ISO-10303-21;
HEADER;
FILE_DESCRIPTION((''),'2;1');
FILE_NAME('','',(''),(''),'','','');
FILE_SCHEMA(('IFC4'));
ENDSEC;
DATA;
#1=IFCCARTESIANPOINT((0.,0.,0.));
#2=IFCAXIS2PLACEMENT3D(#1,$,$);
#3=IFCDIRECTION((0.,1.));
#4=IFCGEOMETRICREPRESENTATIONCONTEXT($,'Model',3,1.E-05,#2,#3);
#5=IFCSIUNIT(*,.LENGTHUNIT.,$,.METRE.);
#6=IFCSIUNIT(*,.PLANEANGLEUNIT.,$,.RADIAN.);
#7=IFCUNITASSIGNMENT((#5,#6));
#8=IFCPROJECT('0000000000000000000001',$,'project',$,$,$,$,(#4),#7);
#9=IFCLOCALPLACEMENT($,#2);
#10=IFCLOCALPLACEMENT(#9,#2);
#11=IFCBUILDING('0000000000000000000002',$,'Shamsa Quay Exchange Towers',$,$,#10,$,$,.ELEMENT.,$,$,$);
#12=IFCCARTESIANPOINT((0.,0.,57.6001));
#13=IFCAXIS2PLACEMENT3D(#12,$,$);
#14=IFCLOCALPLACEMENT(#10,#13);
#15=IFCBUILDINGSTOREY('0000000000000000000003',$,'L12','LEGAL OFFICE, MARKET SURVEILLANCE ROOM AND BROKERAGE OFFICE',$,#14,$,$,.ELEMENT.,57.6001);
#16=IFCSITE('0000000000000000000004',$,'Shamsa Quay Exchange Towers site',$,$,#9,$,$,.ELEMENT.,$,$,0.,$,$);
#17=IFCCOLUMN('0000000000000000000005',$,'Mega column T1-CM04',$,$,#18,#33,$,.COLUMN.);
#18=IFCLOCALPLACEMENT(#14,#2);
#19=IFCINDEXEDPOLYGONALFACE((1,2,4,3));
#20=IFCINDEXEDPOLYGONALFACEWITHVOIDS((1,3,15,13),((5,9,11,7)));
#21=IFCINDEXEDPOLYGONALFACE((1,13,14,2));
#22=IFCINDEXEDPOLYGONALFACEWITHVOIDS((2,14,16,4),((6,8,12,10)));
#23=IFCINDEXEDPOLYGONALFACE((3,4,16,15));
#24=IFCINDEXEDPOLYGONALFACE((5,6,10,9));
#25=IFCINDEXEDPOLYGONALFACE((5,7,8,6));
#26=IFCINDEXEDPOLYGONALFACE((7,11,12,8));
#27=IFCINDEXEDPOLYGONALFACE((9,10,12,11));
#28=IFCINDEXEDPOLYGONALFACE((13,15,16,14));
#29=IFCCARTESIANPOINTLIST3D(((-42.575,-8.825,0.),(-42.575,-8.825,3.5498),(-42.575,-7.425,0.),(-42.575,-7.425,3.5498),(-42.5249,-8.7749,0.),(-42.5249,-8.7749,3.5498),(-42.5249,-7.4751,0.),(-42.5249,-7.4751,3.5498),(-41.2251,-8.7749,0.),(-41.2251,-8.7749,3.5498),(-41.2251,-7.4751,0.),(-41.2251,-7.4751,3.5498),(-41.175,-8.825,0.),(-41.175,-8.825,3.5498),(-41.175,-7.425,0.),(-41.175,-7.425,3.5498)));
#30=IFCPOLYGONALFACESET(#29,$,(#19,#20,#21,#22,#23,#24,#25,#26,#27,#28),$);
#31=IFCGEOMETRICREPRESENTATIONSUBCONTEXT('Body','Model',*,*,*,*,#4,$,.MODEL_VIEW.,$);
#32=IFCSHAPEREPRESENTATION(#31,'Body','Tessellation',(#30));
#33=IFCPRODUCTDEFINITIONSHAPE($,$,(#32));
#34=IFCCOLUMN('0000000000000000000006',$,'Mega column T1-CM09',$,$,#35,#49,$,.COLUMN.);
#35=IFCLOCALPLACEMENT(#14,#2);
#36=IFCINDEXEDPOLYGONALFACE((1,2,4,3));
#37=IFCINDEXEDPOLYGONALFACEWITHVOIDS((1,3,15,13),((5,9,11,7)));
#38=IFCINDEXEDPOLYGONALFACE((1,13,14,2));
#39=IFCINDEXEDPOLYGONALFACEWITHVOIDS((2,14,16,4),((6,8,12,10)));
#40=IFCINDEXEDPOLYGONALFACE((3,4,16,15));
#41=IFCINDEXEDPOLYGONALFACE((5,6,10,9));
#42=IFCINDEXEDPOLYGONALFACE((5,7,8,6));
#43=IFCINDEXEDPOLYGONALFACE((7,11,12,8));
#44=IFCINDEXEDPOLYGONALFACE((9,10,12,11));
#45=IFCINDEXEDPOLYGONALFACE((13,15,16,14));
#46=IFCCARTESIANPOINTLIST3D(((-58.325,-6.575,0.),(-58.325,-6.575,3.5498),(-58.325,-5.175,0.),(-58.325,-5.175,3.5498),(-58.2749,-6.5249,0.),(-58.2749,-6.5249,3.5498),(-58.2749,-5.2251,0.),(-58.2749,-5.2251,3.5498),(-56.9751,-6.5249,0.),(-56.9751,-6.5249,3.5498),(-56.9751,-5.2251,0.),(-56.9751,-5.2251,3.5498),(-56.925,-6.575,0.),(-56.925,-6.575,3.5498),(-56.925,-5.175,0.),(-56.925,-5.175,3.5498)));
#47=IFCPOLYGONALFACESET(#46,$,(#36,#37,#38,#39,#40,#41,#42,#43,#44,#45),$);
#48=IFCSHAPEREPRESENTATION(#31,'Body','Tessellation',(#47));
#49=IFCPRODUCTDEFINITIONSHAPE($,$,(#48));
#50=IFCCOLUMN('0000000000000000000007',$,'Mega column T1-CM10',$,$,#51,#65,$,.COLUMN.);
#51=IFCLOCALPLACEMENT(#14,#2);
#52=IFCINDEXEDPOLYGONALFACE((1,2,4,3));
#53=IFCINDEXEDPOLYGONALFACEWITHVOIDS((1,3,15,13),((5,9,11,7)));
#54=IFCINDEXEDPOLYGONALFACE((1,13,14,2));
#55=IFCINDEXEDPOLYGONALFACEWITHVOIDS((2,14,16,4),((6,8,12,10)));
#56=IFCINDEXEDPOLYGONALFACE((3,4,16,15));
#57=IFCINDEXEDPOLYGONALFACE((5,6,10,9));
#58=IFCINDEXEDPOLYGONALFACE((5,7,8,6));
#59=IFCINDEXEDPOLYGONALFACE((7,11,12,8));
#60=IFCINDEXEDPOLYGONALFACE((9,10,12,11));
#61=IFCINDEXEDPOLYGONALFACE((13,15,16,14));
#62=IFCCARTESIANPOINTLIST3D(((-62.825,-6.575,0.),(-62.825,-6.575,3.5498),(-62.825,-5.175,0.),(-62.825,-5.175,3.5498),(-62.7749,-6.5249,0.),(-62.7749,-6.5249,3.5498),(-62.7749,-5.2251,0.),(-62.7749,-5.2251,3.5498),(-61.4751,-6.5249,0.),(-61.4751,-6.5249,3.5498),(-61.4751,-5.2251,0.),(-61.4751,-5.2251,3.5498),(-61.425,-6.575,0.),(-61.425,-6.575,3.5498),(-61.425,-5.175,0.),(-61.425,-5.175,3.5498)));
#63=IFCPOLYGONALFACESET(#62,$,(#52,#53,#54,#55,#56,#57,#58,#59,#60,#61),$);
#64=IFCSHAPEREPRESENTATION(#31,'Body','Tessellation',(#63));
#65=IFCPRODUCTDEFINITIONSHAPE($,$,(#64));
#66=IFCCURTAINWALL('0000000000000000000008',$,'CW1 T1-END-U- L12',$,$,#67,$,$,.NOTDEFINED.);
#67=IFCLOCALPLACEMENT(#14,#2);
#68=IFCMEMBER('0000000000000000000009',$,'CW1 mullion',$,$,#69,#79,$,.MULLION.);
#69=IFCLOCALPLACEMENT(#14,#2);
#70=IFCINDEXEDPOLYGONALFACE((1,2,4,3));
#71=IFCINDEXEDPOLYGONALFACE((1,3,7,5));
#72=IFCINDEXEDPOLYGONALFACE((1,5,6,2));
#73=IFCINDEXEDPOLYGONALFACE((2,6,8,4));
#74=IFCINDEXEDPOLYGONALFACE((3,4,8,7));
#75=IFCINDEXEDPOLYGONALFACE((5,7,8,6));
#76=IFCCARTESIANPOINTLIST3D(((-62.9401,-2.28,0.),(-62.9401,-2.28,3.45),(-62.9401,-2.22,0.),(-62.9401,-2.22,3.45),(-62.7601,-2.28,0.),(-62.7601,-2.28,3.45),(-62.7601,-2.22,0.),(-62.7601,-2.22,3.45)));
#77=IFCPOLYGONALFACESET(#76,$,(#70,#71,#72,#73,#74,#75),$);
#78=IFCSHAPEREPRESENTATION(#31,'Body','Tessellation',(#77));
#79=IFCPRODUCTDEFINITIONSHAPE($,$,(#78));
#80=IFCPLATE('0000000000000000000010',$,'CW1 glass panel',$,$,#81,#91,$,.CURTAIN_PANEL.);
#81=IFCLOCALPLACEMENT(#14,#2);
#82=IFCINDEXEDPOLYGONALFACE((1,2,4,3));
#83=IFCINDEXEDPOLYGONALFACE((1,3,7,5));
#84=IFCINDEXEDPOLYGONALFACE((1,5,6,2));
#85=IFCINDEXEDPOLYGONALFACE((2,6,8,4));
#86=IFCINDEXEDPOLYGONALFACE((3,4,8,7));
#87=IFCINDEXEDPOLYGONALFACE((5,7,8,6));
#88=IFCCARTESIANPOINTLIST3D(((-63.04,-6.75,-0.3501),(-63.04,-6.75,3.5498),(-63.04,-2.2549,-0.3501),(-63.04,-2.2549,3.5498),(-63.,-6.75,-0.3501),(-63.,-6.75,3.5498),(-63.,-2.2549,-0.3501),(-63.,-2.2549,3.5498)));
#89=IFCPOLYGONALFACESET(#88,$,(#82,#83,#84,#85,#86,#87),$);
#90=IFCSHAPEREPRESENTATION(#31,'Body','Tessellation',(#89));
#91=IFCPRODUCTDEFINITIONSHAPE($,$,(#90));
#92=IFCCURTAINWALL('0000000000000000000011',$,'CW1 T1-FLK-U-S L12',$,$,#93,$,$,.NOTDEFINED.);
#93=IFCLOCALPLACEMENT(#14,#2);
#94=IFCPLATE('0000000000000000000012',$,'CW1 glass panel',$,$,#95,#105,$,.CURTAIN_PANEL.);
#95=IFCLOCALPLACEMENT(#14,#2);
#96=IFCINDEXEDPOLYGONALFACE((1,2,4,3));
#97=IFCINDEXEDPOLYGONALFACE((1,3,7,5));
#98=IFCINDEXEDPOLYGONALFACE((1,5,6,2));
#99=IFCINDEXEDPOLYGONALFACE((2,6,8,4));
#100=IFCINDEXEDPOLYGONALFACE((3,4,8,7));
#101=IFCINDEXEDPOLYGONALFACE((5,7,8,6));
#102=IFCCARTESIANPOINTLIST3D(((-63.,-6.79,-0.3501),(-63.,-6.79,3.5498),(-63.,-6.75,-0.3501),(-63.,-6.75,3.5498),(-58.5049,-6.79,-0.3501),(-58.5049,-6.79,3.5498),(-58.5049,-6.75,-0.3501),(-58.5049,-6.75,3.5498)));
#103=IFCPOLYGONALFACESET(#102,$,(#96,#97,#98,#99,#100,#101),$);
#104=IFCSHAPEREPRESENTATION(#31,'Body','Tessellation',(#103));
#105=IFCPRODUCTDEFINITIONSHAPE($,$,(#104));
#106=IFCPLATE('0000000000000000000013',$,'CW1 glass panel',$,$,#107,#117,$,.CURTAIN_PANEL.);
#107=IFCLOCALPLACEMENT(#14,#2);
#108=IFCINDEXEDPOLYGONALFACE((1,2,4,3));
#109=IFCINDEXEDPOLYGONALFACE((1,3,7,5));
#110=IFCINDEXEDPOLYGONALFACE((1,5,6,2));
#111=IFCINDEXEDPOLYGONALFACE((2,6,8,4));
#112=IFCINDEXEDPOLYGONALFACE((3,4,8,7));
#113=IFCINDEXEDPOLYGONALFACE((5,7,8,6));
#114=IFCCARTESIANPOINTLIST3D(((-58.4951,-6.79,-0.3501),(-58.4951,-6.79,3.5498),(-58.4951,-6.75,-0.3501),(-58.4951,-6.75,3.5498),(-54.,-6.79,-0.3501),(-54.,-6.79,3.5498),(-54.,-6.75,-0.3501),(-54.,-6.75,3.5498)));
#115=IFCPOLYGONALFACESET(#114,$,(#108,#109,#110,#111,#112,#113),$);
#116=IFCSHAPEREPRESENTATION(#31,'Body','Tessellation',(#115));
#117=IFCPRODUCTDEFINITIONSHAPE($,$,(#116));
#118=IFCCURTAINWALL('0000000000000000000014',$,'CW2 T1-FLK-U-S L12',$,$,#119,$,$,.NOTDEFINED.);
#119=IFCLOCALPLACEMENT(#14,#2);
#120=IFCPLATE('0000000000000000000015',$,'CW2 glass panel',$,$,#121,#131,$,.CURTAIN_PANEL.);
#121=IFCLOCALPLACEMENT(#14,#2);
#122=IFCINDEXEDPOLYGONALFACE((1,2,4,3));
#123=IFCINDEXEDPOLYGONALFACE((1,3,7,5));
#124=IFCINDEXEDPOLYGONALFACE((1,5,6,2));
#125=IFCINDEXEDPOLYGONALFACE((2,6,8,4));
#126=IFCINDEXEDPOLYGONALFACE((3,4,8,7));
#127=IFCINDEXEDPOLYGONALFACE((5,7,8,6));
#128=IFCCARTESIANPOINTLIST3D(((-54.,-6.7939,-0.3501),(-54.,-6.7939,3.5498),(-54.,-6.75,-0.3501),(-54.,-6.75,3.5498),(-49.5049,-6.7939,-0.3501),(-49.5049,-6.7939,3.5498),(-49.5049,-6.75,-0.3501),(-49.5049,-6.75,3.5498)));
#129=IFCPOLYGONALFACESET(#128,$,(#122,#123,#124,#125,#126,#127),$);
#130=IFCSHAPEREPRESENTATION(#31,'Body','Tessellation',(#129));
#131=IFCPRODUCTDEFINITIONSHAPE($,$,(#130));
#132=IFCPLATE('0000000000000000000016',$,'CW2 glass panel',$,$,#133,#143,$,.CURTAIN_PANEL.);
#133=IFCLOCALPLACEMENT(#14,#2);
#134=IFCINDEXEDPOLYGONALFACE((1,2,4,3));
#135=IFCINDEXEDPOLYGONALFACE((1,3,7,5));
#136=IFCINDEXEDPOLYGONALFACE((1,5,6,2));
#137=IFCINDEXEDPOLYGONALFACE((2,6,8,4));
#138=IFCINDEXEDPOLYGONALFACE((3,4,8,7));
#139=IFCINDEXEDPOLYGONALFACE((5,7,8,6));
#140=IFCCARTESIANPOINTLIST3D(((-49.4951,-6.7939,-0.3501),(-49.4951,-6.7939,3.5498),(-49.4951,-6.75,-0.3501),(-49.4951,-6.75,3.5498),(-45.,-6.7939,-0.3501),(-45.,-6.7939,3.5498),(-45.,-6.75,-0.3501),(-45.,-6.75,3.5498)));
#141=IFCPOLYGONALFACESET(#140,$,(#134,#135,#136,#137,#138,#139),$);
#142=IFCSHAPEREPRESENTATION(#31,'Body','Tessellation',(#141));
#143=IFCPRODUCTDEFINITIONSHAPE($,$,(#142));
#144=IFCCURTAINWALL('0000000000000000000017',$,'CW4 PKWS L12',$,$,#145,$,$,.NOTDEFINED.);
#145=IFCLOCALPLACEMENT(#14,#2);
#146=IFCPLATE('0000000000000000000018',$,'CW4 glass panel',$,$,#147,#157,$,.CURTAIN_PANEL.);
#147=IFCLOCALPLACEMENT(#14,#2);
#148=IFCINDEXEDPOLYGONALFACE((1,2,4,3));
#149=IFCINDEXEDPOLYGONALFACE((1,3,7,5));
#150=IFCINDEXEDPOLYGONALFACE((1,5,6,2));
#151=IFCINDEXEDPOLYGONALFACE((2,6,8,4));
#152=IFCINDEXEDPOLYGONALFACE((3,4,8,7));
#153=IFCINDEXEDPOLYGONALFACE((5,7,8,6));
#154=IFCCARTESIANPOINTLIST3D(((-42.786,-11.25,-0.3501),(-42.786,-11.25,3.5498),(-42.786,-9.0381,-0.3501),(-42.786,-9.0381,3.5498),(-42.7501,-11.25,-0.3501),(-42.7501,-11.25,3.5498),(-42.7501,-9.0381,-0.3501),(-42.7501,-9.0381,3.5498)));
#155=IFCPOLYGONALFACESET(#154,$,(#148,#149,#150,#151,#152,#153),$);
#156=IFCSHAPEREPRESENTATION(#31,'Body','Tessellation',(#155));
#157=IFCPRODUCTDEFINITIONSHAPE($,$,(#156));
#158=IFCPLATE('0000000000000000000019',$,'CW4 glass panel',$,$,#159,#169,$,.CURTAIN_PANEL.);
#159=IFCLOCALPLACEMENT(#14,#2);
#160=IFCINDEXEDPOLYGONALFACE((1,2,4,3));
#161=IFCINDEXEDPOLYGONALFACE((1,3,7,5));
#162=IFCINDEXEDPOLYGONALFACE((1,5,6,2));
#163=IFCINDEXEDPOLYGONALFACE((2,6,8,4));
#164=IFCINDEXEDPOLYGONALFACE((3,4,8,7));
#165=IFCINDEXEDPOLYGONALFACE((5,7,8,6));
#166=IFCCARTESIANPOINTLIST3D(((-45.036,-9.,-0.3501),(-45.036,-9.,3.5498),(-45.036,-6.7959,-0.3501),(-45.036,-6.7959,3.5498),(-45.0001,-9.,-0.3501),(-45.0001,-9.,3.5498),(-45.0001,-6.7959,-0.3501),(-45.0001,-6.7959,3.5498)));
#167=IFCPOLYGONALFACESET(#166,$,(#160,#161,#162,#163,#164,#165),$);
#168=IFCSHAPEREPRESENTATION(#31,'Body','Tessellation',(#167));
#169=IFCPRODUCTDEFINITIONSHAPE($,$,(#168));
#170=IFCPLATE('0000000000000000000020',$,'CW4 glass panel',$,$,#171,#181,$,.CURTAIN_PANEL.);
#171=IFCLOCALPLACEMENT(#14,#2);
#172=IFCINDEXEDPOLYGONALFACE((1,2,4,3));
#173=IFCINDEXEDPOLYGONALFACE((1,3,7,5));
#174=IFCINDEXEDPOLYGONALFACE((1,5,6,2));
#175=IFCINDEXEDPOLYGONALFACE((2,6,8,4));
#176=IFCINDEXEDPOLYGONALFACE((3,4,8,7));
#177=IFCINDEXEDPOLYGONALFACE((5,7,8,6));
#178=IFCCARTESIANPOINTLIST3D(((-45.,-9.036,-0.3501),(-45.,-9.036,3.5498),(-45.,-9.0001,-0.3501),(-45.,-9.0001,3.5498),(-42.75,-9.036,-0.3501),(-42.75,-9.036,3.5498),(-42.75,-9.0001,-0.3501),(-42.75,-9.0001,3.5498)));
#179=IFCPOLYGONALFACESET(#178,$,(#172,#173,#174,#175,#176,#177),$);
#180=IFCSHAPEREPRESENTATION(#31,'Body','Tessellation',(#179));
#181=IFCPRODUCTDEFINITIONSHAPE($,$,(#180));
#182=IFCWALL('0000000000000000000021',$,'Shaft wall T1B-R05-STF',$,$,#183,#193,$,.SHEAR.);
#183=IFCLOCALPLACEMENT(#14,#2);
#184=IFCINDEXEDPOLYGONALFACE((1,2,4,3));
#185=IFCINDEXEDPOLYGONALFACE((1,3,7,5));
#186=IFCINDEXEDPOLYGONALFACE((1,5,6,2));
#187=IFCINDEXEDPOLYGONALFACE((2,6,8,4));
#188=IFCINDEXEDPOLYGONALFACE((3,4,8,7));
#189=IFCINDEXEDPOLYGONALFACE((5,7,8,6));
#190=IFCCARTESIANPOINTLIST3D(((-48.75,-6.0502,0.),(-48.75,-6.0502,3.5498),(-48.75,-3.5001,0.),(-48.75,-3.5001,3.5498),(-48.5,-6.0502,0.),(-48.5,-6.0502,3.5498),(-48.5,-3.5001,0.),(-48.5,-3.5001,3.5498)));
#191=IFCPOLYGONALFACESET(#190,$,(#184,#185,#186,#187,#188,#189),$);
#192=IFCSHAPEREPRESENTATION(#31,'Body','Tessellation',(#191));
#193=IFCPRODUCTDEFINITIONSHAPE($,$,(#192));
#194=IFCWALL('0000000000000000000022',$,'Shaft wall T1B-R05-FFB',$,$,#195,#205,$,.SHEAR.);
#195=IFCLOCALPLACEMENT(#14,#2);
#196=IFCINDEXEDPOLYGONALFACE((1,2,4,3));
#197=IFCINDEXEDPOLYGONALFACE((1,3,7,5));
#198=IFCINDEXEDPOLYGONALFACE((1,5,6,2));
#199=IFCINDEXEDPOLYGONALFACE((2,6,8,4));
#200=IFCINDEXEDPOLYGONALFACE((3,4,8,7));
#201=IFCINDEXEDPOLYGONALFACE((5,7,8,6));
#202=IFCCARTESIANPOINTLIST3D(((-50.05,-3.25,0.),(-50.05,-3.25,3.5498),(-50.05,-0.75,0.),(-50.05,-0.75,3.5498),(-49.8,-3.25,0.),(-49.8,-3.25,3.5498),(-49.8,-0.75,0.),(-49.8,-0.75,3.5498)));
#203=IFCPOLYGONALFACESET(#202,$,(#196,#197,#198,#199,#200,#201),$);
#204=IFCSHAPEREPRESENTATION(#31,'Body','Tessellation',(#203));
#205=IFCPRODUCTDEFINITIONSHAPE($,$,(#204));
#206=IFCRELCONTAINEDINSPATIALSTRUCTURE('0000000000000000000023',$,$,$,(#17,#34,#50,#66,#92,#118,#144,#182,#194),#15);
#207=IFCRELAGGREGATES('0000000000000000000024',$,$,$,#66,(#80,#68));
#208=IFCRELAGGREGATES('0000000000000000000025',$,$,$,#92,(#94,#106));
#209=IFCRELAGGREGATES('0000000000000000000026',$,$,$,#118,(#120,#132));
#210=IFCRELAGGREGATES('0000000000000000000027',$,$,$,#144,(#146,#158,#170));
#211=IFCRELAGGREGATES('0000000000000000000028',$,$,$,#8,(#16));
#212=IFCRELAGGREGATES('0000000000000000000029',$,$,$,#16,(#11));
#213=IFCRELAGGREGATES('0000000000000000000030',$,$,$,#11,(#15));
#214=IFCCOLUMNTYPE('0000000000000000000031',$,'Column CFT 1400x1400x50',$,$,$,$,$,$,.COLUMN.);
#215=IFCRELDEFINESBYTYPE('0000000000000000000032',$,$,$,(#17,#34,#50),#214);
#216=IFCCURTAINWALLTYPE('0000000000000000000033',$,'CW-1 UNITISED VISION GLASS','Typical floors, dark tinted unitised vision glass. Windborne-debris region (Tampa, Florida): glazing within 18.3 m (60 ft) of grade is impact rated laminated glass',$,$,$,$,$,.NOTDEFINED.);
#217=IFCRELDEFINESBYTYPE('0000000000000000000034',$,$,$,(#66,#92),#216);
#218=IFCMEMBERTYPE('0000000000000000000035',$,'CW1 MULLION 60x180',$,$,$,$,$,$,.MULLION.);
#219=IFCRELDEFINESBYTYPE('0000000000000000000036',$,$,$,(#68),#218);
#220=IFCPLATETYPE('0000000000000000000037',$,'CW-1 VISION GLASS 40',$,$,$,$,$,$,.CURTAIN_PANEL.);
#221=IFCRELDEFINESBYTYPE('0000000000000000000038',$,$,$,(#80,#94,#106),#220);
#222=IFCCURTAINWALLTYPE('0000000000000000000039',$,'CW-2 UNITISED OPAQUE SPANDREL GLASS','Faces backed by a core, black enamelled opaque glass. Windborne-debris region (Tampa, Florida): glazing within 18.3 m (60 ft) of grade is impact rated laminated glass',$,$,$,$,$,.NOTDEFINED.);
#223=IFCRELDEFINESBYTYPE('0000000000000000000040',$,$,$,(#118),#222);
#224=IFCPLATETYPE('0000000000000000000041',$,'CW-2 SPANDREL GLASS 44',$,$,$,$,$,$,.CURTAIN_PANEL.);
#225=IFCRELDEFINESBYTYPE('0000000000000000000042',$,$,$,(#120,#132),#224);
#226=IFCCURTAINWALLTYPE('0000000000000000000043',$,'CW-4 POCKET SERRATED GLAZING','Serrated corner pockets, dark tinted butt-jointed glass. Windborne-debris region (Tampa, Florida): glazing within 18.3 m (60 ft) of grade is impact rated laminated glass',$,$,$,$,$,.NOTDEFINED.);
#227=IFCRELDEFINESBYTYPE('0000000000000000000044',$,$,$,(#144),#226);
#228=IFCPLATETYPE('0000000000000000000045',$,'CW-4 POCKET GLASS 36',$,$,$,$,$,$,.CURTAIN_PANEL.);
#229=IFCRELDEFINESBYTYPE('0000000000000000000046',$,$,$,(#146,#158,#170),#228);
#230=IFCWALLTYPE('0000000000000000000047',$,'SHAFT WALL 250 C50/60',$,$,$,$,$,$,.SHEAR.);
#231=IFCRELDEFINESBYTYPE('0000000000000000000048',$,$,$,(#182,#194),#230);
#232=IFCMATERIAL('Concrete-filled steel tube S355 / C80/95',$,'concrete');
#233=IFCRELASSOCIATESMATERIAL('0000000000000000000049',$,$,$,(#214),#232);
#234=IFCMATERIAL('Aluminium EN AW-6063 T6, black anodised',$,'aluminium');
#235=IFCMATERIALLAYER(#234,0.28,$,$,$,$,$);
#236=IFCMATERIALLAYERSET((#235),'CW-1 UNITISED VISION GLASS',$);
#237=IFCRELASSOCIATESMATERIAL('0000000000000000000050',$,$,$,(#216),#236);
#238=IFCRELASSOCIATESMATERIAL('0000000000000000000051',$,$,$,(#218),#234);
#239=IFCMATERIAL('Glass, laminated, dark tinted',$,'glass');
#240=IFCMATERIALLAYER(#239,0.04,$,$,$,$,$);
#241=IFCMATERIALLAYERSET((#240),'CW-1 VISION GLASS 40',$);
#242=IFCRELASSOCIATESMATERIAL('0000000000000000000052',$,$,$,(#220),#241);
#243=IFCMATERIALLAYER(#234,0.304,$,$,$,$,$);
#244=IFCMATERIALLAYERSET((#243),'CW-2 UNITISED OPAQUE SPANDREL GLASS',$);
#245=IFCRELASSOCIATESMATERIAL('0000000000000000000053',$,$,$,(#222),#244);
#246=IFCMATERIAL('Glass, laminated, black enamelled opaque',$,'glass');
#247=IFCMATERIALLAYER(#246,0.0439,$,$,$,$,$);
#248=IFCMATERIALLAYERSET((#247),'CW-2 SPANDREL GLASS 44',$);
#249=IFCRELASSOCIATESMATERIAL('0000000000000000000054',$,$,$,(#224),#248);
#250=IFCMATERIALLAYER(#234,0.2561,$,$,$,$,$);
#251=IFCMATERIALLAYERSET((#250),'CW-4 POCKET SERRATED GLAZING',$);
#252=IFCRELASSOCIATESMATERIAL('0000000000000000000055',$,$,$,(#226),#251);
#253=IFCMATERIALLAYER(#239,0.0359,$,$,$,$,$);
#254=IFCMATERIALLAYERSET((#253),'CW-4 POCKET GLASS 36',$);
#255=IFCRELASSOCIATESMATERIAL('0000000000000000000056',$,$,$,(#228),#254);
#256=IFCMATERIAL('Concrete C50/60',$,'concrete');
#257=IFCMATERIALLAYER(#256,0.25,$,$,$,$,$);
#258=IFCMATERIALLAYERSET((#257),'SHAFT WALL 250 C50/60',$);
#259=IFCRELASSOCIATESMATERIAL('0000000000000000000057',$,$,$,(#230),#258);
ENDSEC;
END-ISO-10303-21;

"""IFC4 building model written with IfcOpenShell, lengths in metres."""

from ifc_helpers import new_model, si_unit, direction, frame, frame_2d, origin, origin_2d, place, context, subcontext, project, spatial, rectangle, hollow_rectangle, extrude, material, layer, layer_set, material_profile, profile_set, type_object, element, aggregate, save


model = new_model("IFC4")

# Units and contexts
model_context = context("Model", 3, precision=1e-05, world=origin(), true_north=direction((0.0, 1.0)))
body_context = subcontext(model_context, "Body", "Model", "MODEL_VIEW")
ifc_project = project(units=[si_unit("LENGTHUNIT", "METRE"), si_unit("PLANEANGLEUNIT", "RADIAN")], contexts=[model_context])

# Site, building, storey
site_placement = place(None, origin())
site = spatial("IfcSite", under=ifc_project, at=site_placement, Name="Shamsa Quay Exchange Towers site", CompositionType="ELEMENT", RefElevation=0.0)
building_placement = place(site_placement, origin())
building = spatial("IfcBuilding", under=site, at=building_placement, Name="Shamsa Quay Exchange Towers", CompositionType="ELEMENT")
storey_placement = place(building_placement, frame((0.0, 0.0, 57.6001)))
storey = spatial("IfcBuildingStorey", under=building, at=storey_placement, Name="L12", Description="LEGAL OFFICE, MARKET SURVEILLANCE ROOM AND BROKERAGE OFFICE", CompositionType="ELEMENT", Elevation=57.6001)

# Columns
ifc_material_1 = material(Name="Concrete-filled steel tube S355 / C80/95", Category="concrete")
ifc_material_profile_1 = material_profile(ifc_material_1, hollow_rectangle(XDim=1.3999, YDim=1.3999, WallThickness=0.05, at=origin_2d()), Name="CFT 1400x1400x50")
ifc_profile_set_1 = profile_set([ifc_material_profile_1], Name="Concrete-filled steel tube S355 / C80/95")
column_type = type_object("IfcColumnType", Name="Column CFT 1400x1400x50", PredefinedType="COLUMN", material=ifc_profile_set_1)
for number, where, name in (
    (1, (-41.875, -8.125, 0.0), "Mega column T1-CM04"),
    (2, (-57.625, -5.875, 0.0), "Mega column T1-CM09"),
    (3, (-62.125, -5.875, 0.0), "Mega column T1-CM10"),
):
    element("IfcColumn", number, at=place(storey_placement, frame(where)), inside=storey, type_object=column_type, Name=name, PredefinedType="COLUMN", context=body_context, shape_type="SweptSolid", body=[
        extrude(hollow_rectangle(XDim=1.3999, YDim=1.3999, WallThickness=0.05, at=origin_2d()), origin(), (0.0, 0.0, 1.0), 3.5498),
    ])

# Curtain wall, member, plate
ifc_material_2 = material(Name="Aluminium EN AW-6063 T6, black anodised", Category="aluminium")
ifc_layer_1 = layer(ifc_material_2, 0.28)
ifc_layer_set_1 = layer_set([ifc_layer_1], Name="CW-1 UNITISED VISION GLASS")
curtain_wall_type_1 = type_object("IfcCurtainWallType", Name="CW-1 UNITISED VISION GLASS", Description="Typical floors, dark tinted unitised vision glass. Windborne-debris region (Tampa, Florida): glazing within 18.3 m (60 ft) of grade is impact rated laminated glass", PredefinedType="NOTDEFINED", material=ifc_layer_set_1)
curtain_wall_1_placement = place(storey_placement, origin())
curtain_wall_1 = element("IfcCurtainWall", 4, at=curtain_wall_1_placement, inside=storey, type_object=curtain_wall_type_1, Name="CW1 T1-END-U- L12", PredefinedType="NOTDEFINED")
ifc_material_profile_2 = material_profile(ifc_material_2, rectangle(XDim=0.1799, YDim=0.0601, at=origin_2d()), Name="MU60x180")
ifc_profile_set_2 = profile_set([ifc_material_profile_2], Name="Aluminium EN AW-6063 T6, black anodised")
member_type = type_object("IfcMemberType", Name="CW1 MULLION 60x180", PredefinedType="MULLION", material=ifc_profile_set_2)
member_placement = place(storey_placement, frame((-62.8501, -2.25, 0.0)))
member = element("IfcMember", 5, at=member_placement, type_object=member_type, Name="CW1 mullion", PredefinedType="MULLION", context=body_context, shape_type="SweptSolid", body=[
    extrude(rectangle(XDim=0.1799, YDim=0.0601, at=origin_2d()), origin(), (0.0, 0.0, 1.0), 3.45),
])
ifc_material_3 = material(Name="Glass, laminated, dark tinted", Category="glass")
ifc_layer_2 = layer(ifc_material_3, 0.04)
ifc_layer_set_2 = layer_set([ifc_layer_2], Name="CW-1 VISION GLASS 40")
plate_type_1 = type_object("IfcPlateType", Name="CW-1 VISION GLASS 40", PredefinedType="CURTAIN_PANEL", material=ifc_layer_set_2)
plate_1_placement = place(storey_placement, frame((-63.02, -4.5024, -0.3501), z_axis=(0.0, 0.0, 1.0), x_axis=(0.0, -1.0, 0.0)))
plate_1 = element("IfcPlate", 6, at=plate_1_placement, type_object=plate_type_1, Name="CW1 glass panel", PredefinedType="CURTAIN_PANEL", context=body_context, shape_type="SweptSolid", body=[
    extrude(rectangle(XDim=4.4951, YDim=0.04, at=origin_2d()), origin(), (0.0, 0.0, 1.0), 3.8999),
])
aggregate(curtain_wall_1, [plate_1, member])

# Curtain walls, plates
curtain_wall_2_placement = place(storey_placement, origin())
curtain_wall_2 = element("IfcCurtainWall", 7, at=curtain_wall_2_placement, inside=storey, type_object=curtain_wall_type_1, Name="CW1 T1-FLK-U-S L12", PredefinedType="NOTDEFINED")
plate_2_placement = place(storey_placement, frame((-60.7524, -6.77, -0.3501)))
plate_2 = element("IfcPlate", 8, at=plate_2_placement, type_object=plate_type_1, Name="CW1 glass panel", PredefinedType="CURTAIN_PANEL", context=body_context, shape_type="SweptSolid", body=[
    extrude(rectangle(XDim=4.4951, YDim=0.04, at=origin_2d()), origin(), (0.0, 0.0, 1.0), 3.8999),
])
plate_3_placement = place(storey_placement, frame((-56.2476, -6.77, -0.3501)))
plate_3 = element("IfcPlate", 9, at=plate_3_placement, type_object=plate_type_1, Name="CW1 glass panel", PredefinedType="CURTAIN_PANEL", context=body_context, shape_type="SweptSolid", body=[
    extrude(rectangle(XDim=4.4951, YDim=0.04, at=origin_2d()), origin(), (0.0, 0.0, 1.0), 3.8999),
])
aggregate(curtain_wall_2, [plate_2, plate_3])
ifc_layer_3 = layer(ifc_material_2, 0.304)
ifc_layer_set_3 = layer_set([ifc_layer_3], Name="CW-2 UNITISED OPAQUE SPANDREL GLASS")
curtain_wall_type_2 = type_object("IfcCurtainWallType", Name="CW-2 UNITISED OPAQUE SPANDREL GLASS", Description="Faces backed by a core, black enamelled opaque glass. Windborne-debris region (Tampa, Florida): glazing within 18.3 m (60 ft) of grade is impact rated laminated glass", PredefinedType="NOTDEFINED", material=ifc_layer_set_3)
curtain_wall_3_placement = place(storey_placement, origin())
curtain_wall_3 = element("IfcCurtainWall", 10, at=curtain_wall_3_placement, inside=storey, type_object=curtain_wall_type_2, Name="CW2 T1-FLK-U-S L12", PredefinedType="NOTDEFINED")
ifc_material_4 = material(Name="Glass, laminated, black enamelled opaque", Category="glass")
ifc_layer_4 = layer(ifc_material_4, 0.0439)
ifc_layer_set_4 = layer_set([ifc_layer_4], Name="CW-2 SPANDREL GLASS 44")
plate_type_2 = type_object("IfcPlateType", Name="CW-2 SPANDREL GLASS 44", PredefinedType="CURTAIN_PANEL", material=ifc_layer_set_4)
plate_4_placement = place(storey_placement, frame((-51.7524, -6.772, -0.3501)))
plate_4 = element("IfcPlate", 11, at=plate_4_placement, type_object=plate_type_2, Name="CW2 glass panel", PredefinedType="CURTAIN_PANEL", context=body_context, shape_type="SweptSolid", body=[
    extrude(rectangle(XDim=4.4951, YDim=0.0439, at=origin_2d()), origin(), (0.0, 0.0, 1.0), 3.8999),
])
plate_5_placement = place(storey_placement, frame((-47.2476, -6.772, -0.3501)))
plate_5 = element("IfcPlate", 12, at=plate_5_placement, type_object=plate_type_2, Name="CW2 glass panel", PredefinedType="CURTAIN_PANEL", context=body_context, shape_type="SweptSolid", body=[
    extrude(rectangle(XDim=4.4951, YDim=0.0439, at=origin_2d()), origin(), (0.0, 0.0, 1.0), 3.8999),
])
aggregate(curtain_wall_3, [plate_4, plate_5])
ifc_layer_5 = layer(ifc_material_2, 0.2561)
ifc_layer_set_5 = layer_set([ifc_layer_5], Name="CW-4 POCKET SERRATED GLAZING")
curtain_wall_type_3 = type_object("IfcCurtainWallType", Name="CW-4 POCKET SERRATED GLAZING", Description="Serrated corner pockets, dark tinted butt-jointed glass. Windborne-debris region (Tampa, Florida): glazing within 18.3 m (60 ft) of grade is impact rated laminated glass", PredefinedType="NOTDEFINED", material=ifc_layer_set_5)
curtain_wall_4_placement = place(storey_placement, origin())
curtain_wall_4 = element("IfcCurtainWall", 13, at=curtain_wall_4_placement, inside=storey, type_object=curtain_wall_type_3, Name="CW4 PKWS L12", PredefinedType="NOTDEFINED")
ifc_layer_6 = layer(ifc_material_3, 0.0359)
ifc_layer_set_6 = layer_set([ifc_layer_6], Name="CW-4 POCKET GLASS 36")
plate_type_3 = type_object("IfcPlateType", Name="CW-4 POCKET GLASS 36", PredefinedType="CURTAIN_PANEL", material=ifc_layer_set_6)
plate_6_placement = place(storey_placement, frame((-42.7681, -10.144, -0.3501), z_axis=(0.0, 0.0, 1.0), x_axis=(0.0, -1.0, 0.0)))
plate_6 = element("IfcPlate", 14, at=plate_6_placement, type_object=plate_type_3, Name="CW4 glass panel", PredefinedType="CURTAIN_PANEL", context=body_context, shape_type="SweptSolid", body=[
    extrude(rectangle(XDim=2.2119, YDim=0.0359, at=origin_2d()), origin(), (0.0, 0.0, 1.0), 3.8999),
])
plate_7_placement = place(storey_placement, frame((-45.0181, -7.8979, -0.3501), z_axis=(0.0, 0.0, 1.0), x_axis=(0.0, -1.0, 0.0)))
plate_7 = element("IfcPlate", 15, at=plate_7_placement, type_object=plate_type_3, Name="CW4 glass panel", PredefinedType="CURTAIN_PANEL", context=body_context, shape_type="SweptSolid", body=[
    extrude(rectangle(XDim=2.2041, YDim=0.0359, at=origin_2d()), origin(), (0.0, 0.0, 1.0), 3.8999),
])
plate_8_placement = place(storey_placement, frame((-43.875, -9.0181, -0.3501)))
plate_8 = element("IfcPlate", 16, at=plate_8_placement, type_object=plate_type_3, Name="CW4 glass panel", PredefinedType="CURTAIN_PANEL", context=body_context, shape_type="SweptSolid", body=[
    extrude(rectangle(XDim=2.25, YDim=0.0359, at=origin_2d()), origin(), (0.0, 0.0, 1.0), 3.8999),
])
aggregate(curtain_wall_4, [plate_6, plate_7, plate_8])

# Wall
ifc_material_5 = material(Name="Concrete C50/60", Category="concrete")
ifc_layer_7 = layer(ifc_material_5, 0.25)
ifc_layer_set_7 = layer_set([ifc_layer_7], Name="SHAFT WALL 250 C50/60")
wall_type_1 = type_object("IfcWallType", Name="SHAFT WALL 250 C50/60", PredefinedType="SHEAR", material=ifc_layer_set_7)
wall_1_placement = place(storey_placement, frame((-48.625, -6.05, 0.0), z_axis=(0.0, 0.0, 1.0), x_axis=(0.0, 1.0, 0.0)))
element("IfcWall", 17, at=wall_1_placement, inside=storey, type_object=wall_type_1, Name="Shaft wall T1B-R05-STF", PredefinedType="SHEAR", context=body_context, shape_type="SweptSolid", body=[
    extrude(rectangle(XDim=2.55, YDim=0.25, at=frame_2d((1.2749, 0.0))), origin(), (0.0, 0.0, 1.0), 3.5498),
])

# Wall
wall_2_placement = place(storey_placement, frame((-49.925, -3.25, 0.0), z_axis=(0.0, 0.0, 1.0), x_axis=(0.0, 1.0, 0.0)))
element("IfcWall", 18, at=wall_2_placement, inside=storey, type_object=wall_type_1, Name="Shaft wall T1B-R05-FFB", PredefinedType="SHEAR", context=body_context, shape_type="SweptSolid", body=[
    extrude(rectangle(XDim=2.5, YDim=0.25, at=frame_2d((1.25, 0.0))), origin(), (0.0, 0.0, 1.0), 3.5498),
])

save(model, "model.ifc")
